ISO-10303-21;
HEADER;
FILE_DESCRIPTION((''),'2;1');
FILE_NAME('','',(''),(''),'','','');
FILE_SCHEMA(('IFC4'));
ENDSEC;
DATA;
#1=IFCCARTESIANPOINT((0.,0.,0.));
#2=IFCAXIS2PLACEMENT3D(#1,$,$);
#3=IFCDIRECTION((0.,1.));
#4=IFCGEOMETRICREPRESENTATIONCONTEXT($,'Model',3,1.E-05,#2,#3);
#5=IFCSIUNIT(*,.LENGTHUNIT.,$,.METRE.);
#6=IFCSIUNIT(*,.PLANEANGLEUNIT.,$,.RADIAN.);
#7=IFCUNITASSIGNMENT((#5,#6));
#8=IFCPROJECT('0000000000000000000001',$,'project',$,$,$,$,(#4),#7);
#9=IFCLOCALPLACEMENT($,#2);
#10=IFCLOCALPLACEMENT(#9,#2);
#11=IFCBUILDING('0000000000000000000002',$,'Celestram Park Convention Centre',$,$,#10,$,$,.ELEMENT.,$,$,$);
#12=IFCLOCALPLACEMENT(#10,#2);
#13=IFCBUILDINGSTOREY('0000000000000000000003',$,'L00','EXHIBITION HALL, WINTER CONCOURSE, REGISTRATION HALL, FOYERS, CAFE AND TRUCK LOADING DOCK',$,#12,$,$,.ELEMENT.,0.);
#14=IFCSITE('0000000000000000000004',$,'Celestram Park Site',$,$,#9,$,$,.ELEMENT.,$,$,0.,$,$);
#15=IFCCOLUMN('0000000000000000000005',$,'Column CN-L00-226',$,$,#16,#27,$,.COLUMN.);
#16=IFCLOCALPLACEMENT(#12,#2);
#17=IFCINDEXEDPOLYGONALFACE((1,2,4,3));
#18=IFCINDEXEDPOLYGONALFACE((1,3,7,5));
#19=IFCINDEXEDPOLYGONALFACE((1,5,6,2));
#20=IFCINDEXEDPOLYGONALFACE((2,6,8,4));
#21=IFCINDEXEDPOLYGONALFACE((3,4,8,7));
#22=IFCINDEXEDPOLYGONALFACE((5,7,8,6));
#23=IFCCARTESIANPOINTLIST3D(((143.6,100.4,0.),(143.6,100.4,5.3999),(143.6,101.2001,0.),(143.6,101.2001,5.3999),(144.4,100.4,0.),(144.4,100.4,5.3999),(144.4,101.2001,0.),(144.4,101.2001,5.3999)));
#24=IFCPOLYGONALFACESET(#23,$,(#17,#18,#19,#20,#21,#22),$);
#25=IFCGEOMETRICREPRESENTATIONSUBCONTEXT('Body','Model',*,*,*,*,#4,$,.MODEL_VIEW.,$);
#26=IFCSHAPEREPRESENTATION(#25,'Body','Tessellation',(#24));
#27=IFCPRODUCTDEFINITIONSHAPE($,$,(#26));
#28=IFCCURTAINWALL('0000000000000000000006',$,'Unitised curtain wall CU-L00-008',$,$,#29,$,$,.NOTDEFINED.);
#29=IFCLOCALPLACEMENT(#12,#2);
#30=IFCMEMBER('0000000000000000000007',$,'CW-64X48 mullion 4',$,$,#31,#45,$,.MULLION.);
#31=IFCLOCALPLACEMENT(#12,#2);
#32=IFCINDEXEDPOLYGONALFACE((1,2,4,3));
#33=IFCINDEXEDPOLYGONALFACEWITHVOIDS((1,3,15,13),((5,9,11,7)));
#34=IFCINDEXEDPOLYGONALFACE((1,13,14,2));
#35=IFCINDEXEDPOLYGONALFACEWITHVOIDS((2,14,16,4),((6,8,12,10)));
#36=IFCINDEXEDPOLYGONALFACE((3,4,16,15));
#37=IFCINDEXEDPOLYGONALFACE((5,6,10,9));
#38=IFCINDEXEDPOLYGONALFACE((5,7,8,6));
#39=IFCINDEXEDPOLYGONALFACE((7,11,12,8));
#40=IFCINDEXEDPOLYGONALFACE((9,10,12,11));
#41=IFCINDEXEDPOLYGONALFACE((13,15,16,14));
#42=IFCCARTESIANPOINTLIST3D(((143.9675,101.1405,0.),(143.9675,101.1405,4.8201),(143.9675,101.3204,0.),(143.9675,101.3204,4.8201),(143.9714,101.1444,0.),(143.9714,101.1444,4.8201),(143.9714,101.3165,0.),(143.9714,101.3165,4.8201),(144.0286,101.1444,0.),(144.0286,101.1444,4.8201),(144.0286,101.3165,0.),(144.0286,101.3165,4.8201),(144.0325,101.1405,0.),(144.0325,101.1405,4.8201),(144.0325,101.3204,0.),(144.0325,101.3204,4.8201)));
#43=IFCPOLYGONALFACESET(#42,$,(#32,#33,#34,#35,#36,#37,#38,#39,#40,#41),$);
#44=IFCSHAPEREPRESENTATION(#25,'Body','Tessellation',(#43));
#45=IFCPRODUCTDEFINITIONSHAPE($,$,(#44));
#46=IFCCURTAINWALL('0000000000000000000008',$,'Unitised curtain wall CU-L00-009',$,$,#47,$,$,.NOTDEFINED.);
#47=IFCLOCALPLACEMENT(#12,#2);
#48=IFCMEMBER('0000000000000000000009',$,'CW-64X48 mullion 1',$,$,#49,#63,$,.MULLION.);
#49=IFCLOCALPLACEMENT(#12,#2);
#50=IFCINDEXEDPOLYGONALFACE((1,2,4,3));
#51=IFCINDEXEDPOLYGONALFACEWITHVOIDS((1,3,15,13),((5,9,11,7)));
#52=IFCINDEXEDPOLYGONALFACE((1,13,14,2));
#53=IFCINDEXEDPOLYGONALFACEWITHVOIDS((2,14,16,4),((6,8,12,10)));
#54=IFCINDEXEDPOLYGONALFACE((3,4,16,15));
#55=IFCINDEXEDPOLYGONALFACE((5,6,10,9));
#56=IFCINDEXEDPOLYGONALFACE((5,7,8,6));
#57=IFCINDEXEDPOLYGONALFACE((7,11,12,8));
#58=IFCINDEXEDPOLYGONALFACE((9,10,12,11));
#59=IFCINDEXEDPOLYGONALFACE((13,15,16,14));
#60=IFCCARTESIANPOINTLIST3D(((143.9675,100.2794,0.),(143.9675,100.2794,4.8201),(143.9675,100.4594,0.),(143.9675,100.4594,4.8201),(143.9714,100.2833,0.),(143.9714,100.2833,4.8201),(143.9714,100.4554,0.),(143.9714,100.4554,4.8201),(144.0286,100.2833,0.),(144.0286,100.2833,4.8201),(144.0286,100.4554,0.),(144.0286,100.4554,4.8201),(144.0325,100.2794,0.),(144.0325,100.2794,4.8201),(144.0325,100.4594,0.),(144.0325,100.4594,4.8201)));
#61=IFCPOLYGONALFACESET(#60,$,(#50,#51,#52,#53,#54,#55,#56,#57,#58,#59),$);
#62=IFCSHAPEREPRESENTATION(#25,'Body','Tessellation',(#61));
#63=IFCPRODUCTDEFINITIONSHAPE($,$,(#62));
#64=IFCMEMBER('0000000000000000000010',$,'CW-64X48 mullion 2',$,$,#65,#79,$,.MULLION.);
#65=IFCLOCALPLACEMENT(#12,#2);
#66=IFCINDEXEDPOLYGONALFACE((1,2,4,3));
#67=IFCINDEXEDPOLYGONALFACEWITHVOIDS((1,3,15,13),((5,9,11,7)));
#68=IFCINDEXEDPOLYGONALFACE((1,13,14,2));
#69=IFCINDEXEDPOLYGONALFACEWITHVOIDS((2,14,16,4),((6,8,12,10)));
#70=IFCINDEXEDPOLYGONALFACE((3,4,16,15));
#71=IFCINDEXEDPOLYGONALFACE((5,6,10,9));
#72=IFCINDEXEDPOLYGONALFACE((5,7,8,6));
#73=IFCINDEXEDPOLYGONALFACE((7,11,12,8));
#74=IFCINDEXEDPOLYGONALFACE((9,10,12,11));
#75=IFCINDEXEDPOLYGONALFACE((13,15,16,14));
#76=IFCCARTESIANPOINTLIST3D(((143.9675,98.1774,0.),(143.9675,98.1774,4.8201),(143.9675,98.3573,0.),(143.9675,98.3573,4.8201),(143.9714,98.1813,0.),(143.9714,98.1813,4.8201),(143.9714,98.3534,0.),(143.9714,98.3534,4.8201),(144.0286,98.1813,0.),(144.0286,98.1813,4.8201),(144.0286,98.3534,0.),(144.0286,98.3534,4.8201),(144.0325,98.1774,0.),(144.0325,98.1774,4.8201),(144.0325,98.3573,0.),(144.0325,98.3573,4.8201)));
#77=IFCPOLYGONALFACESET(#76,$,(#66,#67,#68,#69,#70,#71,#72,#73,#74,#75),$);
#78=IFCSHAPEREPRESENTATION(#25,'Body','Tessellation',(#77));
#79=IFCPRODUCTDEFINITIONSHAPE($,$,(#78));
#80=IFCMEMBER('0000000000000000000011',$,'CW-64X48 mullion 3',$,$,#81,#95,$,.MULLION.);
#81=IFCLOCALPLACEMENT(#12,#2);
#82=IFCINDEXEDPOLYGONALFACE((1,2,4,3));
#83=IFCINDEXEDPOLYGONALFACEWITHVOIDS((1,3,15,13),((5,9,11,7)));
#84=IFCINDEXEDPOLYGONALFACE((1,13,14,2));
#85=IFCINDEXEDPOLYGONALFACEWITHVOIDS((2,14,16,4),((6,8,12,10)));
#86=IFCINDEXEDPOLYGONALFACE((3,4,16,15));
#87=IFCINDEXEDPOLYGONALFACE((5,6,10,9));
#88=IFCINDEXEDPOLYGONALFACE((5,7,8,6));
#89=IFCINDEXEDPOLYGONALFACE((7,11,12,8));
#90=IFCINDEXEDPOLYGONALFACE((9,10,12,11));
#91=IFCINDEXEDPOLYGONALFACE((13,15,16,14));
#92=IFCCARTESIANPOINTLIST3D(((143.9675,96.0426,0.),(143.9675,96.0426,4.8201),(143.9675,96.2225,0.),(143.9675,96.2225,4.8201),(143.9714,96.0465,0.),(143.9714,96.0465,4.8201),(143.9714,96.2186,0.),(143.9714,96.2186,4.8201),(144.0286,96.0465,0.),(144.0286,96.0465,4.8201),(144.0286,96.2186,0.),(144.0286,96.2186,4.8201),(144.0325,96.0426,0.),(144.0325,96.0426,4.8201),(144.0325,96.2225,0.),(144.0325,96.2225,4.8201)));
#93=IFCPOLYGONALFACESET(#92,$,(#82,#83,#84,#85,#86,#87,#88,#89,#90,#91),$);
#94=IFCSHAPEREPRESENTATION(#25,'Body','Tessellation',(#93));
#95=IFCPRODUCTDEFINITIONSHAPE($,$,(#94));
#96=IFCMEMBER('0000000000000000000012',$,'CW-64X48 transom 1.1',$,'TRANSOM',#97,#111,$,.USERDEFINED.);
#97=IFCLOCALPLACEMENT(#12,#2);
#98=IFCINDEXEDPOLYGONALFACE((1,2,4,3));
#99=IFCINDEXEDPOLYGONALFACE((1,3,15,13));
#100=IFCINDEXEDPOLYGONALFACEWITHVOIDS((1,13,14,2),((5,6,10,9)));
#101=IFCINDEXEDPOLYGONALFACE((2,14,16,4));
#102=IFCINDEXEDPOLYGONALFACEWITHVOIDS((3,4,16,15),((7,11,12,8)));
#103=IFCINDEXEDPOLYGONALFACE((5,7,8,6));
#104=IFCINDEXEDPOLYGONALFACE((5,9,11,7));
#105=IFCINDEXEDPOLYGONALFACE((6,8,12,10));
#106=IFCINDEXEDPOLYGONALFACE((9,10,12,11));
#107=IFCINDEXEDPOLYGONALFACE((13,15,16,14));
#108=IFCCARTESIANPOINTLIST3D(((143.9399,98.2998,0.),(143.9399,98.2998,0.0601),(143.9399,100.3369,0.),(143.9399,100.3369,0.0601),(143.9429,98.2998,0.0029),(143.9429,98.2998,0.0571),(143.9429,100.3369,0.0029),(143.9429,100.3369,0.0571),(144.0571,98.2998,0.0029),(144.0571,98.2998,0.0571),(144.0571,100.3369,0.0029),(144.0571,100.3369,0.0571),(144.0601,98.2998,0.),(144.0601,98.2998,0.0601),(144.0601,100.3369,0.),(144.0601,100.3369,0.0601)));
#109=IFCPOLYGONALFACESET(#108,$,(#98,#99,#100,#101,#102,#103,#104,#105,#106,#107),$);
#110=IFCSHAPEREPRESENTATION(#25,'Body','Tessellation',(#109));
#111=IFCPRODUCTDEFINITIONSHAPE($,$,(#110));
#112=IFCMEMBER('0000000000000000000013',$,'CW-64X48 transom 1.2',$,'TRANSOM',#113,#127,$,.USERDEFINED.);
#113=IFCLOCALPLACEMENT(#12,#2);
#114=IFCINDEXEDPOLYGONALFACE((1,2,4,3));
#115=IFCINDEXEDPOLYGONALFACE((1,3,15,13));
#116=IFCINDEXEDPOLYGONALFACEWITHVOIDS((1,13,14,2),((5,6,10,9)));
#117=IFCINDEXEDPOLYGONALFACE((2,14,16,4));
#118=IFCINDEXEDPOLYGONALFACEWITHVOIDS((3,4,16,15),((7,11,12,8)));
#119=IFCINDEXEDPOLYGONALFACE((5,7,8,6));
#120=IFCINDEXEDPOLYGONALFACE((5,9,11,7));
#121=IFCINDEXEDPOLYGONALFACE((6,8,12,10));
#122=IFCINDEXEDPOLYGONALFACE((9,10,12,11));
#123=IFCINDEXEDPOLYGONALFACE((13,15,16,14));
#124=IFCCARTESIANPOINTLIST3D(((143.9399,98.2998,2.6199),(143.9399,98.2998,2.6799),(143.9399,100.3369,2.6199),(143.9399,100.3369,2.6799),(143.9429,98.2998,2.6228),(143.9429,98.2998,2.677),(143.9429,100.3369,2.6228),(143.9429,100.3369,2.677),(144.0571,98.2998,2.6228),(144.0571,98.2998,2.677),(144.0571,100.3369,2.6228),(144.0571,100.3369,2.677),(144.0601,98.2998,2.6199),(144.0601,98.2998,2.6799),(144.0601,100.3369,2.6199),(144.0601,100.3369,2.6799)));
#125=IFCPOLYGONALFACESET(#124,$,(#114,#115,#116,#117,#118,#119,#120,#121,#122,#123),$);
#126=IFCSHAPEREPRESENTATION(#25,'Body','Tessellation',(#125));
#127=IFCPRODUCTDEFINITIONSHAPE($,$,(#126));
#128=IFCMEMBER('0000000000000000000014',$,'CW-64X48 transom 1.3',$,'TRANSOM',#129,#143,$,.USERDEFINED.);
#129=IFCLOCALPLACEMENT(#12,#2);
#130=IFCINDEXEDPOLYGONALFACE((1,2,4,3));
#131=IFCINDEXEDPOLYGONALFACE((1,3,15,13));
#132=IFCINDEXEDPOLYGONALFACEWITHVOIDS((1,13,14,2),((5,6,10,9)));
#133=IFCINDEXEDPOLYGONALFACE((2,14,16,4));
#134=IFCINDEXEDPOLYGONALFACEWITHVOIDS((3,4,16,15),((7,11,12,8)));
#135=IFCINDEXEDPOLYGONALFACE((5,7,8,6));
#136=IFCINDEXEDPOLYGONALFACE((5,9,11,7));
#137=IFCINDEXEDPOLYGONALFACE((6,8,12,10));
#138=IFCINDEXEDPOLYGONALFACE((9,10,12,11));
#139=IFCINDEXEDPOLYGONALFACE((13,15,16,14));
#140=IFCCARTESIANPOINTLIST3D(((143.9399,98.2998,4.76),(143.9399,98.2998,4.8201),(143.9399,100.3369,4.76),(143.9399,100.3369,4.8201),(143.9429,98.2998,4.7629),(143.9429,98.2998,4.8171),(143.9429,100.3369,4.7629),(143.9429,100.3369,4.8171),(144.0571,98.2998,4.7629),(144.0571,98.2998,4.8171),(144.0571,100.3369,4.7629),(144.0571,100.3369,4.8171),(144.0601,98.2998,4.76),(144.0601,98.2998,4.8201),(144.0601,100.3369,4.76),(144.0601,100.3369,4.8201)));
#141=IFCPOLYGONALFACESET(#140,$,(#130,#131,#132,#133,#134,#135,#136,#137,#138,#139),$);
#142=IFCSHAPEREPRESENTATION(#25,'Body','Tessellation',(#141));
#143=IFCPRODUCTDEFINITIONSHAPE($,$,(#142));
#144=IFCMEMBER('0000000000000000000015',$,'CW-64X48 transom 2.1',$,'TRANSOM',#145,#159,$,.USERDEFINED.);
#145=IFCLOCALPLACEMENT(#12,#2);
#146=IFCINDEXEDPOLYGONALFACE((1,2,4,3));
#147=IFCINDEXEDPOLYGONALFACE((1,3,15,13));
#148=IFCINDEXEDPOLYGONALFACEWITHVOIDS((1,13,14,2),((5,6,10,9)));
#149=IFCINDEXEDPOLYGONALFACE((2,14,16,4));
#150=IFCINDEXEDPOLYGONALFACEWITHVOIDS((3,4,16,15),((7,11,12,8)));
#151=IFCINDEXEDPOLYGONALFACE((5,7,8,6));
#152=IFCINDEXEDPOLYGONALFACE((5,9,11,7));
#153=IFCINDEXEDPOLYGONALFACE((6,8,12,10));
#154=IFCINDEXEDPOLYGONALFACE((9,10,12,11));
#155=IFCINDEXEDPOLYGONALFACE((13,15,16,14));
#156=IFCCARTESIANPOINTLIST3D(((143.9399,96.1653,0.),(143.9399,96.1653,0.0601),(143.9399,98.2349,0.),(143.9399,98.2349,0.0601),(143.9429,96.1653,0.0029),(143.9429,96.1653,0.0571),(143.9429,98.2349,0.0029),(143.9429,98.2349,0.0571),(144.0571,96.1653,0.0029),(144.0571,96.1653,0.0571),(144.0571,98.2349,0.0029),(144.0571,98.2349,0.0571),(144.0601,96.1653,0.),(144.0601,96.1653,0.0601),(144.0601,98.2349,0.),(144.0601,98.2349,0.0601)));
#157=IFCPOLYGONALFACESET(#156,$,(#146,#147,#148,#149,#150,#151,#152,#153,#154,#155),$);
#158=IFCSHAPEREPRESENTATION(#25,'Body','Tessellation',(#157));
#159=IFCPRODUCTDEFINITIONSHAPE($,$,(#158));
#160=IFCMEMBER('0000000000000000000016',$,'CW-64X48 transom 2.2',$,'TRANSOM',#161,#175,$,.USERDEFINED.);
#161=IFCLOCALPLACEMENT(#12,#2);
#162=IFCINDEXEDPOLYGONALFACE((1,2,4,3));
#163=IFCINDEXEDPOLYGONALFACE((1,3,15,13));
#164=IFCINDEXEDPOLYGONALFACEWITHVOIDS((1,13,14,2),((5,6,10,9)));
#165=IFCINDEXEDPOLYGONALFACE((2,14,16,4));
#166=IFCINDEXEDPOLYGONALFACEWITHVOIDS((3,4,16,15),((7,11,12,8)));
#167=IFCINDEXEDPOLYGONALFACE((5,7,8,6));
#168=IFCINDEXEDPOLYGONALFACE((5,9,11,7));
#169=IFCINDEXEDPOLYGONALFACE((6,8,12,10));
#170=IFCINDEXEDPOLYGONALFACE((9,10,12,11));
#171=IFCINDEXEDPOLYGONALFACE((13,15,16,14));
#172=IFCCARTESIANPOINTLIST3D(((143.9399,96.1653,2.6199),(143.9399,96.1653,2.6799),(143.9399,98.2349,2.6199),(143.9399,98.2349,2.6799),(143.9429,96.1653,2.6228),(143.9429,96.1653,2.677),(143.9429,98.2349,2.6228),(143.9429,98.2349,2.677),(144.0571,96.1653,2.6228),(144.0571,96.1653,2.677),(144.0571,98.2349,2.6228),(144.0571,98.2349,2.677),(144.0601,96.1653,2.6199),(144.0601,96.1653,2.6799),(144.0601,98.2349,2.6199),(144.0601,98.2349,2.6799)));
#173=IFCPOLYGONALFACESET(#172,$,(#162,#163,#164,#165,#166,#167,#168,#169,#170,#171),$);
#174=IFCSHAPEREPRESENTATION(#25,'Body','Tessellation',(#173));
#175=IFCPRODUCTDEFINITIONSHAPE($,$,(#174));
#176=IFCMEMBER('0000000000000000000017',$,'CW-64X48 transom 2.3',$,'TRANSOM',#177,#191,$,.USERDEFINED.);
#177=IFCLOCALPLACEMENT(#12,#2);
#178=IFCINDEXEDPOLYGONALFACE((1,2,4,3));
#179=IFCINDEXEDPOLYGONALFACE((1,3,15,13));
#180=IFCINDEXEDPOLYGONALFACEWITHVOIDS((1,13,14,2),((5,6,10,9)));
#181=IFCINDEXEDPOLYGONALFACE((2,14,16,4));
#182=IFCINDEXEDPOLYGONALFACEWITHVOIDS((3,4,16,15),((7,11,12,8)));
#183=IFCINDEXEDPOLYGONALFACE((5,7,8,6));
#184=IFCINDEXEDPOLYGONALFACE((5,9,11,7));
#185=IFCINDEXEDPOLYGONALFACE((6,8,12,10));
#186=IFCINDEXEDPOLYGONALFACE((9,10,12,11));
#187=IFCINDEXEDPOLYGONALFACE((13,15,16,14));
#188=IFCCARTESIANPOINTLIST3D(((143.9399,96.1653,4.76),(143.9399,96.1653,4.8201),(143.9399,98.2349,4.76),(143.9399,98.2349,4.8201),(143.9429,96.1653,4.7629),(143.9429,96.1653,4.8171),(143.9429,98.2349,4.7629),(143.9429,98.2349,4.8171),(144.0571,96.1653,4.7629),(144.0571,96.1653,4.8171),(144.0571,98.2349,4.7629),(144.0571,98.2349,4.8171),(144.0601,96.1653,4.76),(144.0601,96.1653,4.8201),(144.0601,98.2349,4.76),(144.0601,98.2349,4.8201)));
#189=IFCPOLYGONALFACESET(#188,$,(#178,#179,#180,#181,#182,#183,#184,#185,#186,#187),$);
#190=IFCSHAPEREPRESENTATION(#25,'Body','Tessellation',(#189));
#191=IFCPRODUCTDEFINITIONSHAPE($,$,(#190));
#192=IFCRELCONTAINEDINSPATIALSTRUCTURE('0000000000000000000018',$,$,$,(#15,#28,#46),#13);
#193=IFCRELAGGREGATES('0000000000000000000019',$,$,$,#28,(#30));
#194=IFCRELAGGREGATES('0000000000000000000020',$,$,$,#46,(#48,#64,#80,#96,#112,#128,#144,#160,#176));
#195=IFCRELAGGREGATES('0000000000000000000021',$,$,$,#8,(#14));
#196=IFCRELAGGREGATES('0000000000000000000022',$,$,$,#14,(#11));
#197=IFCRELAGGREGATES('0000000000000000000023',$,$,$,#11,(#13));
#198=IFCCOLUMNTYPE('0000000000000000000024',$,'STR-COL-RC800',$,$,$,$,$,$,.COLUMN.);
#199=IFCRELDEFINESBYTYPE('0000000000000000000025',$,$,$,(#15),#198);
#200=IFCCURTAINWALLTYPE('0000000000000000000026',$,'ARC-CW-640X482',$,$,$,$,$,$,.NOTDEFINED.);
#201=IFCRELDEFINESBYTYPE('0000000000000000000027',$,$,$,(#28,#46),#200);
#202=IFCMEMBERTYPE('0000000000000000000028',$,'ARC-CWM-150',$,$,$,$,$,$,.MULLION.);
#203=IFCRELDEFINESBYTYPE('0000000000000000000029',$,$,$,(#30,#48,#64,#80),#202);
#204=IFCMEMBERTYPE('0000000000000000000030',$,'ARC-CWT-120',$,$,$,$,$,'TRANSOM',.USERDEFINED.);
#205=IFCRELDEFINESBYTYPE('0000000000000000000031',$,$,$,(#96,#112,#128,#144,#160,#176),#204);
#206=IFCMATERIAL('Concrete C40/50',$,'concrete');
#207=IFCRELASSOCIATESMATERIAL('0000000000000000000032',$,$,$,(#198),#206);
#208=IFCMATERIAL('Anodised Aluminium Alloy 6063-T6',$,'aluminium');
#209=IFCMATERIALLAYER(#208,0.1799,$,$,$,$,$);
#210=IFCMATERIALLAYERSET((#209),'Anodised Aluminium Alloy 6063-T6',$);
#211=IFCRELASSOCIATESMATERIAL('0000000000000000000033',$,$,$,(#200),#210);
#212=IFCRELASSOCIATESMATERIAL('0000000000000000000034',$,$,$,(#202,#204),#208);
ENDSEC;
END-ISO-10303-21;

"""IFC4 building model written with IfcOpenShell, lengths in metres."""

from ifc_helpers import new_model, si_unit, direction, frame, origin, origin_2d, place, context, subcontext, project, spatial, rectangle, hollow_rectangle, extrude, material, layer, layer_set, material_profile, profile_set, type_object, element, aggregate, save


model = new_model("IFC4")

# Units and contexts
model_context = context("Model", 3, precision=1e-05, world=origin(), true_north=direction((0.0, 1.0)))
body_context = subcontext(model_context, "Body", "Model", "MODEL_VIEW")
ifc_project = project(units=[si_unit("LENGTHUNIT", "METRE"), si_unit("PLANEANGLEUNIT", "RADIAN")], contexts=[model_context])

# Site, building, storey
site_placement = place(None, origin())
site = spatial("IfcSite", under=ifc_project, at=site_placement, Name="Celestram Park Site", CompositionType="ELEMENT", RefElevation=0.0)
building_placement = place(site_placement, origin())
building = spatial("IfcBuilding", under=site, at=building_placement, Name="Celestram Park Convention Centre", CompositionType="ELEMENT")
storey_placement = place(building_placement, origin())
storey = spatial("IfcBuildingStorey", under=building, at=storey_placement, Name="L00", Description="EXHIBITION HALL, WINTER CONCOURSE, REGISTRATION HALL, FOYERS, CAFE AND TRUCK LOADING DOCK", CompositionType="ELEMENT", Elevation=0.0)

# Column
ifc_material_1 = material(Name="Concrete C40/50", Category="concrete")
ifc_material_profile_1 = material_profile(ifc_material_1, rectangle(XDim=0.8, YDim=0.8, at=origin_2d()), Name="RC800X800")
ifc_profile_set_1 = profile_set([ifc_material_profile_1], Name="Concrete C40/50")
column_type = type_object("IfcColumnType", Name="STR-COL-RC800", PredefinedType="COLUMN", material=ifc_profile_set_1)
column_placement = place(storey_placement, frame((144.0, 100.8, 0.0), z_axis=(0.0, 0.0, 1.0), x_axis=(1.0, 0.0, 0.0)))
element("IfcColumn", 1, at=column_placement, inside=storey, type_object=column_type, Name="Column CN-L00-226", PredefinedType="COLUMN", context=body_context, shape_type="SweptSolid", body=[
    extrude(rectangle(XDim=0.8, YDim=0.8, at=origin_2d()), origin(), (0.0, 0.0, 1.0), 5.3999),
])

# Curtain wall, member
ifc_material_2 = material(Name="Anodised Aluminium Alloy 6063-T6", Category="aluminium")
ifc_layer_1 = layer(ifc_material_2, 0.1799)
ifc_layer_set_1 = layer_set([ifc_layer_1], Name="Anodised Aluminium Alloy 6063-T6")
curtain_wall_type = type_object("IfcCurtainWallType", Name="ARC-CW-640X482", PredefinedType="NOTDEFINED", material=ifc_layer_set_1)
curtain_wall_1_placement = place(storey_placement, origin())
curtain_wall_1 = element("IfcCurtainWall", 2, at=curtain_wall_1_placement, inside=storey, type_object=curtain_wall_type, Name="Unitised curtain wall CU-L00-008", PredefinedType="NOTDEFINED")
ifc_material_profile_2 = material_profile(ifc_material_2, hollow_rectangle(XDim=0.0649, YDim=0.1799, WallThickness=0.0039, at=origin_2d()), Name="ALU65X180X4")
ifc_profile_set_2 = profile_set([ifc_material_profile_2], Name="Anodised Aluminium Alloy 6063-T6")
member_type_1 = type_object("IfcMemberType", Name="ARC-CWM-150", PredefinedType="MULLION", material=ifc_profile_set_2)
member_1_placement = place(storey_placement, frame((144.0, 101.2305, 0.0), z_axis=(0.0, 0.0, 1.0), x_axis=(1.0, 0.0, 0.0)))
member_1 = element("IfcMember", 3, at=member_1_placement, type_object=member_type_1, Name="CW-64X48 mullion 4", PredefinedType="MULLION", context=body_context, shape_type="SweptSolid", body=[
    extrude(hollow_rectangle(XDim=0.0649, YDim=0.1799, WallThickness=0.0039, at=origin_2d()), origin(), (0.0, 0.0, 1.0), 4.8201),
])

# Curtain wall, members
curtain_wall_2_placement = place(storey_placement, origin())
curtain_wall_2 = element("IfcCurtainWall", 4, at=curtain_wall_2_placement, inside=storey, type_object=curtain_wall_type, Name="Unitised curtain wall CU-L00-009", PredefinedType="NOTDEFINED")
member_2_placement = place(storey_placement, frame((144.0, 100.3694, 0.0), z_axis=(0.0, 0.0, 1.0), x_axis=(1.0, 0.0, 0.0)))
member_2 = element("IfcMember", 5, at=member_2_placement, type_object=member_type_1, Name="CW-64X48 mullion 1", PredefinedType="MULLION", context=body_context, shape_type="SweptSolid", body=[
    extrude(hollow_rectangle(XDim=0.0649, YDim=0.1799, WallThickness=0.0039, at=origin_2d()), origin(), (0.0, 0.0, 1.0), 4.8201),
])
member_3_placement = place(storey_placement, frame((144.0, 98.2673, 0.0), z_axis=(0.0, 0.0, 1.0), x_axis=(1.0, 0.0, 0.0)))
member_3 = element("IfcMember", 6, at=member_3_placement, type_object=member_type_1, Name="CW-64X48 mullion 2", PredefinedType="MULLION", context=body_context, shape_type="SweptSolid", body=[
    extrude(hollow_rectangle(XDim=0.0649, YDim=0.1799, WallThickness=0.0039, at=origin_2d()), origin(), (0.0, 0.0, 1.0), 4.8201),
])
member_4_placement = place(storey_placement, frame((144.0, 96.1326, 0.0), z_axis=(0.0, 0.0, 1.0), x_axis=(1.0, 0.0, 0.0)))
member_4 = element("IfcMember", 7, at=member_4_placement, type_object=member_type_1, Name="CW-64X48 mullion 3", PredefinedType="MULLION", context=body_context, shape_type="SweptSolid", body=[
    extrude(hollow_rectangle(XDim=0.0649, YDim=0.1799, WallThickness=0.0039, at=origin_2d()), origin(), (0.0, 0.0, 1.0), 4.8201),
])
ifc_material_profile_3 = material_profile(ifc_material_2, hollow_rectangle(XDim=0.1201, YDim=0.0601, WallThickness=0.0029, at=origin_2d()), Name="ALU120X60X3")
ifc_profile_set_3 = profile_set([ifc_material_profile_3], Name="Anodised Aluminium Alloy 6063-T6")
member_type_2 = type_object("IfcMemberType", Name="ARC-CWT-120", ElementType="TRANSOM", PredefinedType="USERDEFINED", material=ifc_profile_set_3)
member_5_placement = place(storey_placement, frame((144.0, 100.3369, 0.03), z_axis=(0.0, -1.0, 0.0), x_axis=(1.0, 0.0, 0.0)))
member_5 = element("IfcMember", 8, at=member_5_placement, type_object=member_type_2, Name="CW-64X48 transom 1.1", ObjectType="TRANSOM", PredefinedType="USERDEFINED", context=body_context, shape_type="SweptSolid", body=[
    extrude(hollow_rectangle(XDim=0.1201, YDim=0.0601, WallThickness=0.0029, at=origin_2d()), origin(), (0.0, 0.0, 1.0), 2.0371),
])
member_6_placement = place(storey_placement, frame((144.0, 100.3369, 2.6499), z_axis=(0.0, -1.0, 0.0), x_axis=(1.0, 0.0, 0.0)))
member_6 = element("IfcMember", 9, at=member_6_placement, type_object=member_type_2, Name="CW-64X48 transom 1.2", ObjectType="TRANSOM", PredefinedType="USERDEFINED", context=body_context, shape_type="SweptSolid", body=[
    extrude(hollow_rectangle(XDim=0.1201, YDim=0.0601, WallThickness=0.0029, at=origin_2d()), origin(), (0.0, 0.0, 1.0), 2.0371),
])
member_7_placement = place(storey_placement, frame((144.0, 100.3369, 4.79), z_axis=(0.0, -1.0, 0.0), x_axis=(1.0, 0.0, 0.0)))
member_7 = element("IfcMember", 10, at=member_7_placement, type_object=member_type_2, Name="CW-64X48 transom 1.3", ObjectType="TRANSOM", PredefinedType="USERDEFINED", context=body_context, shape_type="SweptSolid", body=[
    extrude(hollow_rectangle(XDim=0.1201, YDim=0.0601, WallThickness=0.0029, at=origin_2d()), origin(), (0.0, 0.0, 1.0), 2.0371),
])
member_8_placement = place(storey_placement, frame((144.0, 98.2349, 0.03), z_axis=(0.0, -1.0, 0.0), x_axis=(1.0, 0.0, 0.0)))
member_8 = element("IfcMember", 11, at=member_8_placement, type_object=member_type_2, Name="CW-64X48 transom 2.1", ObjectType="TRANSOM", PredefinedType="USERDEFINED", context=body_context, shape_type="SweptSolid", body=[
    extrude(hollow_rectangle(XDim=0.1201, YDim=0.0601, WallThickness=0.0029, at=origin_2d()), origin(), (0.0, 0.0, 1.0), 2.0696),
])
member_9_placement = place(storey_placement, frame((144.0, 98.2349, 2.6499), z_axis=(0.0, -1.0, 0.0), x_axis=(1.0, 0.0, 0.0)))
member_9 = element("IfcMember", 12, at=member_9_placement, type_object=member_type_2, Name="CW-64X48 transom 2.2", ObjectType="TRANSOM", PredefinedType="USERDEFINED", context=body_context, shape_type="SweptSolid", body=[
    extrude(hollow_rectangle(XDim=0.1201, YDim=0.0601, WallThickness=0.0029, at=origin_2d()), origin(), (0.0, 0.0, 1.0), 2.0696),
])
member_10_placement = place(storey_placement, frame((144.0, 98.2349, 4.79), z_axis=(0.0, -1.0, 0.0), x_axis=(1.0, 0.0, 0.0)))
member_10 = element("IfcMember", 13, at=member_10_placement, type_object=member_type_2, Name="CW-64X48 transom 2.3", ObjectType="TRANSOM", PredefinedType="USERDEFINED", context=body_context, shape_type="SweptSolid", body=[
    extrude(hollow_rectangle(XDim=0.1201, YDim=0.0601, WallThickness=0.0029, at=origin_2d()), origin(), (0.0, 0.0, 1.0), 2.0696),
])

aggregate(curtain_wall_1, [member_1])
aggregate(curtain_wall_2, [member_2, member_3, member_4, member_5, member_6, member_7, member_8, member_9, member_10])

save(model, "model.ifc")
